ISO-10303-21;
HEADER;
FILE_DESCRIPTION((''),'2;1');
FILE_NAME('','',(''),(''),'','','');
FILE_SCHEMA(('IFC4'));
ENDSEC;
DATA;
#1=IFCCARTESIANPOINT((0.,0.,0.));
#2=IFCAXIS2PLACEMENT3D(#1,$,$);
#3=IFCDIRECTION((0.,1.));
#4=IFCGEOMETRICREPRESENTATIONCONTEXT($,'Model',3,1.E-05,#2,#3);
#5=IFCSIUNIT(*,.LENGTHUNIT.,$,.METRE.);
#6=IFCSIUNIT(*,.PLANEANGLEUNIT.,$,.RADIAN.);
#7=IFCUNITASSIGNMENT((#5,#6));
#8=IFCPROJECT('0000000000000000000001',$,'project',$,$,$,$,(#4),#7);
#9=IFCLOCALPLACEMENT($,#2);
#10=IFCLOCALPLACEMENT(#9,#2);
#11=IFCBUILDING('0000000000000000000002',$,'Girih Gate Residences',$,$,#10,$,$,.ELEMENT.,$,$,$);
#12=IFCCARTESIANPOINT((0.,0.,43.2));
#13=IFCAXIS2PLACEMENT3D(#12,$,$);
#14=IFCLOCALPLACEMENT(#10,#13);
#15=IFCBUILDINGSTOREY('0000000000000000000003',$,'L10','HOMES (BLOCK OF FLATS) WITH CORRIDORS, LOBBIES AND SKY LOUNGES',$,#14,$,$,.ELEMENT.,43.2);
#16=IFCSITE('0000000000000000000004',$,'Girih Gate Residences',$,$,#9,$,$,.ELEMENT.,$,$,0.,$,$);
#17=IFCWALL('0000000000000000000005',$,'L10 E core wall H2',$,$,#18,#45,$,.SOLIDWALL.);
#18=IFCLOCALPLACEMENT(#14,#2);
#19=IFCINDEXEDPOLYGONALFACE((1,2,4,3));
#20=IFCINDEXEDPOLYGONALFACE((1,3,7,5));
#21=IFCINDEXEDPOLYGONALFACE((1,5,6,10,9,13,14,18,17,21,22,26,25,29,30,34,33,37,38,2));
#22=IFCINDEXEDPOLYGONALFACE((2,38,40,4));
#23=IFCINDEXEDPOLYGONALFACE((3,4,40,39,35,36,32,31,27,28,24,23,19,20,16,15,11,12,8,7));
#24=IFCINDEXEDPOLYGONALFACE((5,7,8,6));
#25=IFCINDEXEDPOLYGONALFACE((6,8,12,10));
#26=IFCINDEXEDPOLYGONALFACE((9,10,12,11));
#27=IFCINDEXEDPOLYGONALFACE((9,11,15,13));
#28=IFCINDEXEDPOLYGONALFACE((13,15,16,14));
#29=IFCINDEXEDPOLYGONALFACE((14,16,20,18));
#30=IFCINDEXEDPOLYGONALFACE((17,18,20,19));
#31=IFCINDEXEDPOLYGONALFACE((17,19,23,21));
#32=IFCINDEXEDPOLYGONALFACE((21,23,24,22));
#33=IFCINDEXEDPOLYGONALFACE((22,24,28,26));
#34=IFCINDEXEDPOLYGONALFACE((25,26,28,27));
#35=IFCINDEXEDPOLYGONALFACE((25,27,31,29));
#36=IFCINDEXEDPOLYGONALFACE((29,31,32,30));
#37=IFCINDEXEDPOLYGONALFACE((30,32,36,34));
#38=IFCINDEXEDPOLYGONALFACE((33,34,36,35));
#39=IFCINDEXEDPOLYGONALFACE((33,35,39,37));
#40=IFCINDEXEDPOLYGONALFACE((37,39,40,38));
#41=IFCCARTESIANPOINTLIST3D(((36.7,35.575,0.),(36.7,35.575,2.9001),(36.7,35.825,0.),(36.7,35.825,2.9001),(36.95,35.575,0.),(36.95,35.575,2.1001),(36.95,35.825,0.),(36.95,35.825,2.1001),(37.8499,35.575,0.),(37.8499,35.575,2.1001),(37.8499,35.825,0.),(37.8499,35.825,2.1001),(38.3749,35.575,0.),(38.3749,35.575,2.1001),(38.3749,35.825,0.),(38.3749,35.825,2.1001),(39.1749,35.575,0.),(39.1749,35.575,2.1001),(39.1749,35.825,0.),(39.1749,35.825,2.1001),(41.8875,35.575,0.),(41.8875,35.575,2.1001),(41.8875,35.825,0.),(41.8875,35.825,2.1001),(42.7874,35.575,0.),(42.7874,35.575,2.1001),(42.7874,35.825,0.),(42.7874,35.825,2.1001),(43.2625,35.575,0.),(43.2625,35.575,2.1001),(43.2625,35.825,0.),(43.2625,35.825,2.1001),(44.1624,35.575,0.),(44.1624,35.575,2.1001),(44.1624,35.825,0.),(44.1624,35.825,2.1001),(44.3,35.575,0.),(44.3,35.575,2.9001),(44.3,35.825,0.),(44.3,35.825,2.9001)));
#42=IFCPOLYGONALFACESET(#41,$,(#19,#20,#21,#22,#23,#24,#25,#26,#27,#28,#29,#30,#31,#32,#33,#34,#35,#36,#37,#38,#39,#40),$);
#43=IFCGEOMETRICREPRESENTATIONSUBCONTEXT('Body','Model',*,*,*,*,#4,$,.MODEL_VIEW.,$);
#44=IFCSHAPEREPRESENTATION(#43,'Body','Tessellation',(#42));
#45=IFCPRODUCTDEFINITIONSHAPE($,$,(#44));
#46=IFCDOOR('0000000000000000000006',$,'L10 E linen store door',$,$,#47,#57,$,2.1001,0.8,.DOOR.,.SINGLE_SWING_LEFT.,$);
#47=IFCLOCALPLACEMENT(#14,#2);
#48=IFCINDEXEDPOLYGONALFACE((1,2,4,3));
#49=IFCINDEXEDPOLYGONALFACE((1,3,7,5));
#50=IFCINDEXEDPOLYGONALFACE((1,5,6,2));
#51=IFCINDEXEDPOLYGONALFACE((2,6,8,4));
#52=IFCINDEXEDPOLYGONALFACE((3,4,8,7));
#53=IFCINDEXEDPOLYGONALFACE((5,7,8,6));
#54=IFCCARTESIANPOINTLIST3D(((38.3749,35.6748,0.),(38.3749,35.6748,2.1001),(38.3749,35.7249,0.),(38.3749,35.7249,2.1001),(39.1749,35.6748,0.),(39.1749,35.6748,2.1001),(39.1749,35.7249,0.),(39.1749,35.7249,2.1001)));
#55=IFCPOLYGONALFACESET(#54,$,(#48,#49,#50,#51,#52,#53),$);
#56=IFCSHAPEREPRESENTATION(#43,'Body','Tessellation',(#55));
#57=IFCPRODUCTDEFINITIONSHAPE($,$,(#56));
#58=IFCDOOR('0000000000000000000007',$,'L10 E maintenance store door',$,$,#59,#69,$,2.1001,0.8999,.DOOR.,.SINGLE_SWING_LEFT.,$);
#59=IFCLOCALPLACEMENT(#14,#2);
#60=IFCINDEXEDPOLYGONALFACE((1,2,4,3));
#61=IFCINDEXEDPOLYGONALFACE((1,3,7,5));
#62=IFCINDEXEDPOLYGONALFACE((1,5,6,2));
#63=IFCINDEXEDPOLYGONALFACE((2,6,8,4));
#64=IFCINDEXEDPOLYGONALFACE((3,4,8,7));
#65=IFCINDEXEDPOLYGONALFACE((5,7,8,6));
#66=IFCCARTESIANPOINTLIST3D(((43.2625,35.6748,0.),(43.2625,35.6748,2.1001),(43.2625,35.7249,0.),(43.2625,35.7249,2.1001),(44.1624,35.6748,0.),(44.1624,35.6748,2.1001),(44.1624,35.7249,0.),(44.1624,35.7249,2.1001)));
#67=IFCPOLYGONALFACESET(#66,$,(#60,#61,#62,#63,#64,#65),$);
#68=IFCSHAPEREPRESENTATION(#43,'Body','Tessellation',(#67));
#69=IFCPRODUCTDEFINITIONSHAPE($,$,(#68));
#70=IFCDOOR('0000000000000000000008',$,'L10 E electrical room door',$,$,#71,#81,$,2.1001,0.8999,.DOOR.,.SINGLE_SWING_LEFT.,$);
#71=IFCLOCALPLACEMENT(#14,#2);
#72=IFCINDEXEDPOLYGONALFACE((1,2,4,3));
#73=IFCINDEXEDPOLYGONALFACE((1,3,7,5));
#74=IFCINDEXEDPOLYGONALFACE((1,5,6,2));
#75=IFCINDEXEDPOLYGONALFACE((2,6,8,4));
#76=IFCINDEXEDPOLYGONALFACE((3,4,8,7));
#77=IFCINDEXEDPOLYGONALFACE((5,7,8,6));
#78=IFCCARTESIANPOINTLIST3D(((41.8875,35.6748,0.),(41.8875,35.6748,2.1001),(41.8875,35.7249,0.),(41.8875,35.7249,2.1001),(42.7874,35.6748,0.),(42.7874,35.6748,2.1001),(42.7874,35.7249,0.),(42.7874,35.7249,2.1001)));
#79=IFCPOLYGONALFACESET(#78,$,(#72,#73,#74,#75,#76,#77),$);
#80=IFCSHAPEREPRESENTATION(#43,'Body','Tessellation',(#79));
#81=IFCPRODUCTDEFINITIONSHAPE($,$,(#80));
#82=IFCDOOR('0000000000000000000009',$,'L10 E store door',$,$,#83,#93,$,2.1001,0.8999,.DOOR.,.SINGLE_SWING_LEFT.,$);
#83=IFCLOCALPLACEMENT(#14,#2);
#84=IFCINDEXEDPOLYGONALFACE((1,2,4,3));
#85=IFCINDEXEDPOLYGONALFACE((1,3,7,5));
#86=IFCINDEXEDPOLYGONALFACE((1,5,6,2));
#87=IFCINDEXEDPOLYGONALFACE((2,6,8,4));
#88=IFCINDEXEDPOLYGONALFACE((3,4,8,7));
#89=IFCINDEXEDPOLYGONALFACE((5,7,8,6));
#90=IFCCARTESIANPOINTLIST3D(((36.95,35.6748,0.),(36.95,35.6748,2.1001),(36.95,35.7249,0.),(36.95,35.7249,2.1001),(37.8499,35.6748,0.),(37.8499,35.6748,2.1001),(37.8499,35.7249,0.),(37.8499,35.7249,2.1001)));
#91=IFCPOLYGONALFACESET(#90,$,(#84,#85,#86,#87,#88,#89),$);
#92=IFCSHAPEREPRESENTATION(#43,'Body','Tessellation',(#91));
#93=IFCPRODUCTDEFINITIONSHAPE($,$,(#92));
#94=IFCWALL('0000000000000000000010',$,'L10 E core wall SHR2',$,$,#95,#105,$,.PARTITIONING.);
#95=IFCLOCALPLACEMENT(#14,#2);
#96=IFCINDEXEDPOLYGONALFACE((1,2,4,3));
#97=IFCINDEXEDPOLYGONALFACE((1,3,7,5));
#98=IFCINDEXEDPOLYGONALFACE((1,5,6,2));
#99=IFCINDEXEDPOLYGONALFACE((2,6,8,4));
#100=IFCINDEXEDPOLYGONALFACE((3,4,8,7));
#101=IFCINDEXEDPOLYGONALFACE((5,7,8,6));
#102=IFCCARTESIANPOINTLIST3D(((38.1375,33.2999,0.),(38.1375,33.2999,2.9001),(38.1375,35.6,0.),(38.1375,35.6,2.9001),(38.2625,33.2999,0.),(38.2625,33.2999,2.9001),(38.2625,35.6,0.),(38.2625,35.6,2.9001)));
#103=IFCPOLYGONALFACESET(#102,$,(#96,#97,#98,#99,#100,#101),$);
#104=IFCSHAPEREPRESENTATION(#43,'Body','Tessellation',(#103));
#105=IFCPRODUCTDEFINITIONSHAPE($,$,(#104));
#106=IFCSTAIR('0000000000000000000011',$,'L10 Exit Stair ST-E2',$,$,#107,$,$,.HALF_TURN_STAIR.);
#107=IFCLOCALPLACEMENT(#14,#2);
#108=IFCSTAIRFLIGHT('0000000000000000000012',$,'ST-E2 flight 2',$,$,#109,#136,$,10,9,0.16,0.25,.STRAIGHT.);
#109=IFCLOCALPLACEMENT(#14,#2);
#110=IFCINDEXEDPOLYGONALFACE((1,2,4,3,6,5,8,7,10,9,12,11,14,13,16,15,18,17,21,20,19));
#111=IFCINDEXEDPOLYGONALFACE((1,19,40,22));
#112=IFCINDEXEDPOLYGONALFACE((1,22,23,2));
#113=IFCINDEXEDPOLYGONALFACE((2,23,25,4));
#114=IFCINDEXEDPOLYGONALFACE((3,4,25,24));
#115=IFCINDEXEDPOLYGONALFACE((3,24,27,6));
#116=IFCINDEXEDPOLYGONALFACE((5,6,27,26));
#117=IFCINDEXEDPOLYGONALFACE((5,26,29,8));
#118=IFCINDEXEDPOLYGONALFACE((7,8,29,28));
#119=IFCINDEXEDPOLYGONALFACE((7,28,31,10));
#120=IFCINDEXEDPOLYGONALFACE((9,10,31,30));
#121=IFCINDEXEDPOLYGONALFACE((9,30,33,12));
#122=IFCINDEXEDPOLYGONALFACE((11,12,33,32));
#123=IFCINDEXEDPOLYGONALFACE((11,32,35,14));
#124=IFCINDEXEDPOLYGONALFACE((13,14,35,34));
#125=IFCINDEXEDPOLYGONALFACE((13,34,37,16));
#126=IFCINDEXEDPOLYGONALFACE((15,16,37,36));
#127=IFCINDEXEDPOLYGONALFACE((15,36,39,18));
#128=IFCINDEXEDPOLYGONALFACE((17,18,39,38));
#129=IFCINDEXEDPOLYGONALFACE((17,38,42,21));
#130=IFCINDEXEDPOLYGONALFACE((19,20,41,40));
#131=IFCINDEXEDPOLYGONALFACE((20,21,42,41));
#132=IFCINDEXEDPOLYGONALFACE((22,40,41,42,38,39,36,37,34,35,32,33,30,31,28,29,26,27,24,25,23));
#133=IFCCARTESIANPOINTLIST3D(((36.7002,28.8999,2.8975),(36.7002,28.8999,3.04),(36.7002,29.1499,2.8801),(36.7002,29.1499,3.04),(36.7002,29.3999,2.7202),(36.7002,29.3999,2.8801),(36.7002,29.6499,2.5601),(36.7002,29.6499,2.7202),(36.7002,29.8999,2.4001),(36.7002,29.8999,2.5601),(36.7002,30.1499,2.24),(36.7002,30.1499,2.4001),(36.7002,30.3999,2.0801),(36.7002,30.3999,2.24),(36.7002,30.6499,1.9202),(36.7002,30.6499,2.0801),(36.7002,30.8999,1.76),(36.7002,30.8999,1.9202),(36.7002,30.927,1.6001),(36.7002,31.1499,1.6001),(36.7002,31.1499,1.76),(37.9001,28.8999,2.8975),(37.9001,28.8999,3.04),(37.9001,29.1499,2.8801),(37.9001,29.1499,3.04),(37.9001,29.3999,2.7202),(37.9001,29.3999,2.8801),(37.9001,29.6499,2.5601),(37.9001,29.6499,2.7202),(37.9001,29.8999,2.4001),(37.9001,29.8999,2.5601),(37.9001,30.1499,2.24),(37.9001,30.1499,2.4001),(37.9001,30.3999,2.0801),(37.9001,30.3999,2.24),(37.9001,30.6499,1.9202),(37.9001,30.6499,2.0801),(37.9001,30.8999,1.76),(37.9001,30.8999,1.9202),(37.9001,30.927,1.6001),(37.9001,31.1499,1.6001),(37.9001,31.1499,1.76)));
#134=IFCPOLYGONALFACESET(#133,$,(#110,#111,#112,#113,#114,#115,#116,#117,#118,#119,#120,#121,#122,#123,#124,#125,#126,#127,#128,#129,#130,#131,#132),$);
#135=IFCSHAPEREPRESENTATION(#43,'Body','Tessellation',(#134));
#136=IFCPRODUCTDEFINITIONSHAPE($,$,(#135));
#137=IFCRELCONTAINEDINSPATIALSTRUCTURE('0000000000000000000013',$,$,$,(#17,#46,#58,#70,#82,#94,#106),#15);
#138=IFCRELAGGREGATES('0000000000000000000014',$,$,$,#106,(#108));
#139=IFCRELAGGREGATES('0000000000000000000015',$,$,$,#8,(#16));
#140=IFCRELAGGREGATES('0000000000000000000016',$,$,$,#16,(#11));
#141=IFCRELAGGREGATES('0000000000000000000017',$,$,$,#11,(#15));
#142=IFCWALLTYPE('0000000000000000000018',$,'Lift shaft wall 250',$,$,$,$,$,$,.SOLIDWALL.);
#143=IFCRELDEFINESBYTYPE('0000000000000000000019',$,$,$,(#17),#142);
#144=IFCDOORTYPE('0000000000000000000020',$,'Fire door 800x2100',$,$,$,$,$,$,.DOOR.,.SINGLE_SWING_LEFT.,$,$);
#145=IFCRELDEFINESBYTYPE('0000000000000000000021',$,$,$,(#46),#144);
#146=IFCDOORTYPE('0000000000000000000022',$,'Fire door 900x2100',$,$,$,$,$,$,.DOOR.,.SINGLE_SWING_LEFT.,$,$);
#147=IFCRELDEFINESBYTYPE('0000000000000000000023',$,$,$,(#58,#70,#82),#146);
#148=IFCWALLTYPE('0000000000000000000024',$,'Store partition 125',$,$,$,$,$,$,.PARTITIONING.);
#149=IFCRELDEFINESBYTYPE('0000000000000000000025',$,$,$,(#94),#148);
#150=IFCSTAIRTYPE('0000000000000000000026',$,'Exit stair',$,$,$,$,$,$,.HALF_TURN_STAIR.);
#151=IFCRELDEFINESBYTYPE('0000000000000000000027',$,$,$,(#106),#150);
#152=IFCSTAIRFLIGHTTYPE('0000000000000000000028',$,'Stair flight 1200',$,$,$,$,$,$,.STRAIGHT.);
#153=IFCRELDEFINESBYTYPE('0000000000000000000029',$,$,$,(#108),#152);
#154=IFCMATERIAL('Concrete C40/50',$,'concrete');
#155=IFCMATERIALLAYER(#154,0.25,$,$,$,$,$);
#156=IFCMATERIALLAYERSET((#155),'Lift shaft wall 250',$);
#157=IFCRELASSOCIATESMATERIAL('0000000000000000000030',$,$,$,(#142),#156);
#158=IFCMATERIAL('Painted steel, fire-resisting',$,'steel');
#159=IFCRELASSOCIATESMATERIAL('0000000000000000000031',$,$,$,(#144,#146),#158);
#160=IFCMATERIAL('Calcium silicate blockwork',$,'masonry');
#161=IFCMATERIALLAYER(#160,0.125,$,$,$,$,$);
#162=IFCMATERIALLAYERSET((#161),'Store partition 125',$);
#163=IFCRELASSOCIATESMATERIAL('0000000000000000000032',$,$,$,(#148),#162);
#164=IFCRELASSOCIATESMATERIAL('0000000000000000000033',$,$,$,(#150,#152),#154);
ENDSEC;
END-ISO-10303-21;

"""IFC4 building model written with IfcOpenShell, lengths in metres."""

from ifc_helpers import new_model, si_unit, direction, frame, frame_2d, origin, place, context, subcontext, project, spatial, polyline, rectangle, outline, extrude, material, layer, layer_set, type_object, element, fill, aggregate, save


model = new_model("IFC4")

# Units and contexts
model_context = context("Model", 3, precision=1e-05, world=origin(), true_north=direction((0.0, 1.0)))
body_context = subcontext(model_context, "Body", "Model", "MODEL_VIEW")
ifc_project = project(units=[si_unit("LENGTHUNIT", "METRE"), si_unit("PLANEANGLEUNIT", "RADIAN")], contexts=[model_context])

# Site, building, storey
site_placement = place(None, origin())
site = spatial("IfcSite", under=ifc_project, at=site_placement, Name="Girih Gate Residences", CompositionType="ELEMENT", RefElevation=0.0)
building_placement = place(site_placement, origin())
building = spatial("IfcBuilding", under=site, at=building_placement, Name="Girih Gate Residences", CompositionType="ELEMENT")
storey_placement = place(building_placement, frame((0.0, 0.0, 43.2)))
storey = spatial("IfcBuildingStorey", under=building, at=storey_placement, Name="L10", Description="HOMES (BLOCK OF FLATS) WITH CORRIDORS, LOBBIES AND SKY LOUNGES", CompositionType="ELEMENT", Elevation=43.2)

# Shared definitions
ifc_material_1 = material(Name="Concrete C40/50", Category="concrete")
ifc_layer_1 = layer(ifc_material_1, 0.25)
ifc_layer_set_1 = layer_set([ifc_layer_1], Name="Lift shaft wall 250")
wall_type_1 = type_object("IfcWallType", Name="Lift shaft wall 250", PredefinedType="SOLIDWALL", material=ifc_layer_set_1)

# Wall, openings, doors
wall_1_placement = place(storey_placement, frame((36.7, 35.7, 0.0), z_axis=(0.0, 0.0, 1.0), x_axis=(1.0, 0.0, 0.0)))
wall_1 = element("IfcWall", 1, at=wall_1_placement, inside=storey, type_object=wall_type_1, Name="L10 E core wall H2", PredefinedType="SOLIDWALL", context=body_context, shape_type="SweptSolid", body=[
    extrude(rectangle(XDim=7.6001, YDim=0.25, at=frame_2d((3.8, 0.0))), origin(), (0.0, 0.0, 1.0), 2.9001),
])
opening_1_placement = place(wall_1_placement, frame((6.5625, 0.0, 0.0)))
opening_1 = element("IfcOpeningElement", 2, at=opening_1_placement, cuts=wall_1, PredefinedType="OPENING", context=body_context, shape_type="SweptSolid", body=[
    extrude(rectangle(XDim=0.8999, YDim=2.1001, at=frame_2d((0.45, 1.05))), frame((0.0, 0.135, 0.0), z_axis=(0.0, -1.0, 0.0), x_axis=(1.0, 0.0, 0.0)), (0.0, 0.0, 1.0), 0.27),
])
opening_2_placement = place(wall_1_placement, frame((5.1875, 0.0, 0.0)))
opening_2 = element("IfcOpeningElement", 3, at=opening_2_placement, cuts=wall_1, PredefinedType="OPENING", context=body_context, shape_type="SweptSolid", body=[
    extrude(rectangle(XDim=0.8999, YDim=2.1001, at=frame_2d((0.45, 1.05))), frame((0.0, 0.135, 0.0), z_axis=(0.0, -1.0, 0.0), x_axis=(1.0, 0.0, 0.0)), (0.0, 0.0, 1.0), 0.27),
])
opening_3_placement = place(wall_1_placement, frame((1.675, 0.0, 0.0)))
opening_3 = element("IfcOpeningElement", 4, at=opening_3_placement, cuts=wall_1, PredefinedType="OPENING", context=body_context, shape_type="SweptSolid", body=[
    extrude(rectangle(XDim=0.8, YDim=2.1001, at=frame_2d((0.3999, 1.05))), frame((0.0, 0.135, 0.0), z_axis=(0.0, -1.0, 0.0), x_axis=(1.0, 0.0, 0.0)), (0.0, 0.0, 1.0), 0.27),
])
opening_4_placement = place(wall_1_placement, frame((0.25, 0.0, 0.0)))
opening_4 = element("IfcOpeningElement", 5, at=opening_4_placement, cuts=wall_1, PredefinedType="OPENING", context=body_context, shape_type="SweptSolid", body=[
    extrude(rectangle(XDim=0.8999, YDim=2.1001, at=frame_2d((0.45, 1.05))), frame((0.0, 0.135, 0.0), z_axis=(0.0, -1.0, 0.0), x_axis=(1.0, 0.0, 0.0)), (0.0, 0.0, 1.0), 0.27),
])
ifc_material_2 = material(Name="Painted steel, fire-resisting", Category="steel")
door_type_1 = type_object("IfcDoorType", Name="Fire door 800x2100", OperationType="SINGLE_SWING_LEFT", PredefinedType="DOOR", material=ifc_material_2)
door_1_placement = place(opening_3_placement, origin())
door_1 = element("IfcDoor", 6, at=door_1_placement, inside=storey, type_object=door_type_1, Name="L10 E linen store door", OperationType="SINGLE_SWING_LEFT", OverallHeight=2.1001, OverallWidth=0.8, PredefinedType="DOOR", context=body_context, shape_type="SweptSolid", body=[
    extrude(rectangle(XDim=0.8, YDim=2.1001, at=frame_2d((0.3999, 1.05))), frame((0.0, 0.0249, 0.0), z_axis=(0.0, -1.0, 0.0), x_axis=(1.0, 0.0, 0.0)), (0.0, 0.0, 1.0), 0.05),
])
fill(opening_3, door_1)
door_type_2 = type_object("IfcDoorType", Name="Fire door 900x2100", OperationType="SINGLE_SWING_LEFT", PredefinedType="DOOR", material=ifc_material_2)
door_2_placement = place(opening_1_placement, origin())
door_2 = element("IfcDoor", 7, at=door_2_placement, inside=storey, type_object=door_type_2, Name="L10 E maintenance store door", OperationType="SINGLE_SWING_LEFT", OverallHeight=2.1001, OverallWidth=0.8999, PredefinedType="DOOR", context=body_context, shape_type="SweptSolid", body=[
    extrude(rectangle(XDim=0.8999, YDim=2.1001, at=frame_2d((0.45, 1.05))), frame((0.0, 0.0249, 0.0), z_axis=(0.0, -1.0, 0.0), x_axis=(1.0, 0.0, 0.0)), (0.0, 0.0, 1.0), 0.05),
])
fill(opening_1, door_2)
door_3_placement = place(opening_2_placement, origin())
door_3 = element("IfcDoor", 8, at=door_3_placement, inside=storey, type_object=door_type_2, Name="L10 E electrical room door", OperationType="SINGLE_SWING_LEFT", OverallHeight=2.1001, OverallWidth=0.8999, PredefinedType="DOOR", context=body_context, shape_type="SweptSolid", body=[
    extrude(rectangle(XDim=0.8999, YDim=2.1001, at=frame_2d((0.45, 1.05))), frame((0.0, 0.0249, 0.0), z_axis=(0.0, -1.0, 0.0), x_axis=(1.0, 0.0, 0.0)), (0.0, 0.0, 1.0), 0.05),
])
fill(opening_2, door_3)
door_4_placement = place(opening_4_placement, origin())
door_4 = element("IfcDoor", 9, at=door_4_placement, inside=storey, type_object=door_type_2, Name="L10 E store door", OperationType="SINGLE_SWING_LEFT", OverallHeight=2.1001, OverallWidth=0.8999, PredefinedType="DOOR", context=body_context, shape_type="SweptSolid", body=[
    extrude(rectangle(XDim=0.8999, YDim=2.1001, at=frame_2d((0.45, 1.05))), frame((0.0, 0.0249, 0.0), z_axis=(0.0, -1.0, 0.0), x_axis=(1.0, 0.0, 0.0)), (0.0, 0.0, 1.0), 0.05),
])
fill(opening_4, door_4)

# Wall
ifc_material_3 = material(Name="Calcium silicate blockwork", Category="masonry")
ifc_layer_2 = layer(ifc_material_3, 0.125)
ifc_layer_set_2 = layer_set([ifc_layer_2], Name="Store partition 125")
wall_type_2 = type_object("IfcWallType", Name="Store partition 125", PredefinedType="PARTITIONING", material=ifc_layer_set_2)
wall_2_placement = place(storey_placement, frame((38.2, 33.3, 0.0), z_axis=(0.0, 0.0, 1.0), x_axis=(0.0, 1.0, 0.0)))
element("IfcWall", 10, at=wall_2_placement, inside=storey, type_object=wall_type_2, Name="L10 E core wall SHR2", PredefinedType="PARTITIONING", context=body_context, shape_type="SweptSolid", body=[
    extrude(rectangle(XDim=2.3, YDim=0.125, at=frame_2d((1.1499, 0.0))), origin(), (0.0, 0.0, 1.0), 2.9001),
])

# Stair, stair flight
stair_type = type_object("IfcStairType", Name="Exit stair", PredefinedType="HALF_TURN_STAIR", material=ifc_material_1)
stair_placement = place(storey_placement, origin())
stair = element("IfcStair", 11, at=stair_placement, inside=storey, type_object=stair_type, Name="L10 Exit Stair ST-E2", PredefinedType="HALF_TURN_STAIR")
stair_flight_type = type_object("IfcStairFlightType", Name="Stair flight 1200", PredefinedType="STRAIGHT", material=ifc_material_1)
stair_flight_placement = place(storey_placement, frame((37.3, 31.1499, 1.6001), z_axis=(0.0, 0.0, 1.0), x_axis=(0.0, -1.0, 0.0)))
stair_flight = element("IfcStairFlight", 12, at=stair_flight_placement, type_object=stair_flight_type, Name="ST-E2 flight 2", NumberOfRisers=10, NumberOfTreads=9, PredefinedType="STRAIGHT", RiserHeight=0.16, TreadLength=0.25, context=body_context, shape_type="SweptSolid", body=[
    extrude(outline(polyline([(0.0, 0.0), (0.0, 0.1599), (0.25, 0.1599), (0.25, 0.3201), (0.5, 0.3201), (0.5, 0.48), (0.75, 0.48), (0.75, 0.6399), (1.0, 0.6399), (1.0, 0.8), (1.25, 0.8), (1.25, 0.96), (1.5, 0.96), (1.5, 1.1201), (1.75, 1.1201), (1.75, 1.28), (2.0, 1.28), (2.0, 1.4399), (2.25, 1.4399), (2.25, 1.6001), (2.25, 1.2974), (0.2229, 0.0), (0.0, 0.0)])), frame((0.0, 0.6001, 0.0), z_axis=(0.0, -1.0, 0.0), x_axis=(1.0, 0.0, 0.0)), (0.0, 0.0, 1.0), 1.2),
])
aggregate(stair, [stair_flight])

save(model, "model.ifc")
